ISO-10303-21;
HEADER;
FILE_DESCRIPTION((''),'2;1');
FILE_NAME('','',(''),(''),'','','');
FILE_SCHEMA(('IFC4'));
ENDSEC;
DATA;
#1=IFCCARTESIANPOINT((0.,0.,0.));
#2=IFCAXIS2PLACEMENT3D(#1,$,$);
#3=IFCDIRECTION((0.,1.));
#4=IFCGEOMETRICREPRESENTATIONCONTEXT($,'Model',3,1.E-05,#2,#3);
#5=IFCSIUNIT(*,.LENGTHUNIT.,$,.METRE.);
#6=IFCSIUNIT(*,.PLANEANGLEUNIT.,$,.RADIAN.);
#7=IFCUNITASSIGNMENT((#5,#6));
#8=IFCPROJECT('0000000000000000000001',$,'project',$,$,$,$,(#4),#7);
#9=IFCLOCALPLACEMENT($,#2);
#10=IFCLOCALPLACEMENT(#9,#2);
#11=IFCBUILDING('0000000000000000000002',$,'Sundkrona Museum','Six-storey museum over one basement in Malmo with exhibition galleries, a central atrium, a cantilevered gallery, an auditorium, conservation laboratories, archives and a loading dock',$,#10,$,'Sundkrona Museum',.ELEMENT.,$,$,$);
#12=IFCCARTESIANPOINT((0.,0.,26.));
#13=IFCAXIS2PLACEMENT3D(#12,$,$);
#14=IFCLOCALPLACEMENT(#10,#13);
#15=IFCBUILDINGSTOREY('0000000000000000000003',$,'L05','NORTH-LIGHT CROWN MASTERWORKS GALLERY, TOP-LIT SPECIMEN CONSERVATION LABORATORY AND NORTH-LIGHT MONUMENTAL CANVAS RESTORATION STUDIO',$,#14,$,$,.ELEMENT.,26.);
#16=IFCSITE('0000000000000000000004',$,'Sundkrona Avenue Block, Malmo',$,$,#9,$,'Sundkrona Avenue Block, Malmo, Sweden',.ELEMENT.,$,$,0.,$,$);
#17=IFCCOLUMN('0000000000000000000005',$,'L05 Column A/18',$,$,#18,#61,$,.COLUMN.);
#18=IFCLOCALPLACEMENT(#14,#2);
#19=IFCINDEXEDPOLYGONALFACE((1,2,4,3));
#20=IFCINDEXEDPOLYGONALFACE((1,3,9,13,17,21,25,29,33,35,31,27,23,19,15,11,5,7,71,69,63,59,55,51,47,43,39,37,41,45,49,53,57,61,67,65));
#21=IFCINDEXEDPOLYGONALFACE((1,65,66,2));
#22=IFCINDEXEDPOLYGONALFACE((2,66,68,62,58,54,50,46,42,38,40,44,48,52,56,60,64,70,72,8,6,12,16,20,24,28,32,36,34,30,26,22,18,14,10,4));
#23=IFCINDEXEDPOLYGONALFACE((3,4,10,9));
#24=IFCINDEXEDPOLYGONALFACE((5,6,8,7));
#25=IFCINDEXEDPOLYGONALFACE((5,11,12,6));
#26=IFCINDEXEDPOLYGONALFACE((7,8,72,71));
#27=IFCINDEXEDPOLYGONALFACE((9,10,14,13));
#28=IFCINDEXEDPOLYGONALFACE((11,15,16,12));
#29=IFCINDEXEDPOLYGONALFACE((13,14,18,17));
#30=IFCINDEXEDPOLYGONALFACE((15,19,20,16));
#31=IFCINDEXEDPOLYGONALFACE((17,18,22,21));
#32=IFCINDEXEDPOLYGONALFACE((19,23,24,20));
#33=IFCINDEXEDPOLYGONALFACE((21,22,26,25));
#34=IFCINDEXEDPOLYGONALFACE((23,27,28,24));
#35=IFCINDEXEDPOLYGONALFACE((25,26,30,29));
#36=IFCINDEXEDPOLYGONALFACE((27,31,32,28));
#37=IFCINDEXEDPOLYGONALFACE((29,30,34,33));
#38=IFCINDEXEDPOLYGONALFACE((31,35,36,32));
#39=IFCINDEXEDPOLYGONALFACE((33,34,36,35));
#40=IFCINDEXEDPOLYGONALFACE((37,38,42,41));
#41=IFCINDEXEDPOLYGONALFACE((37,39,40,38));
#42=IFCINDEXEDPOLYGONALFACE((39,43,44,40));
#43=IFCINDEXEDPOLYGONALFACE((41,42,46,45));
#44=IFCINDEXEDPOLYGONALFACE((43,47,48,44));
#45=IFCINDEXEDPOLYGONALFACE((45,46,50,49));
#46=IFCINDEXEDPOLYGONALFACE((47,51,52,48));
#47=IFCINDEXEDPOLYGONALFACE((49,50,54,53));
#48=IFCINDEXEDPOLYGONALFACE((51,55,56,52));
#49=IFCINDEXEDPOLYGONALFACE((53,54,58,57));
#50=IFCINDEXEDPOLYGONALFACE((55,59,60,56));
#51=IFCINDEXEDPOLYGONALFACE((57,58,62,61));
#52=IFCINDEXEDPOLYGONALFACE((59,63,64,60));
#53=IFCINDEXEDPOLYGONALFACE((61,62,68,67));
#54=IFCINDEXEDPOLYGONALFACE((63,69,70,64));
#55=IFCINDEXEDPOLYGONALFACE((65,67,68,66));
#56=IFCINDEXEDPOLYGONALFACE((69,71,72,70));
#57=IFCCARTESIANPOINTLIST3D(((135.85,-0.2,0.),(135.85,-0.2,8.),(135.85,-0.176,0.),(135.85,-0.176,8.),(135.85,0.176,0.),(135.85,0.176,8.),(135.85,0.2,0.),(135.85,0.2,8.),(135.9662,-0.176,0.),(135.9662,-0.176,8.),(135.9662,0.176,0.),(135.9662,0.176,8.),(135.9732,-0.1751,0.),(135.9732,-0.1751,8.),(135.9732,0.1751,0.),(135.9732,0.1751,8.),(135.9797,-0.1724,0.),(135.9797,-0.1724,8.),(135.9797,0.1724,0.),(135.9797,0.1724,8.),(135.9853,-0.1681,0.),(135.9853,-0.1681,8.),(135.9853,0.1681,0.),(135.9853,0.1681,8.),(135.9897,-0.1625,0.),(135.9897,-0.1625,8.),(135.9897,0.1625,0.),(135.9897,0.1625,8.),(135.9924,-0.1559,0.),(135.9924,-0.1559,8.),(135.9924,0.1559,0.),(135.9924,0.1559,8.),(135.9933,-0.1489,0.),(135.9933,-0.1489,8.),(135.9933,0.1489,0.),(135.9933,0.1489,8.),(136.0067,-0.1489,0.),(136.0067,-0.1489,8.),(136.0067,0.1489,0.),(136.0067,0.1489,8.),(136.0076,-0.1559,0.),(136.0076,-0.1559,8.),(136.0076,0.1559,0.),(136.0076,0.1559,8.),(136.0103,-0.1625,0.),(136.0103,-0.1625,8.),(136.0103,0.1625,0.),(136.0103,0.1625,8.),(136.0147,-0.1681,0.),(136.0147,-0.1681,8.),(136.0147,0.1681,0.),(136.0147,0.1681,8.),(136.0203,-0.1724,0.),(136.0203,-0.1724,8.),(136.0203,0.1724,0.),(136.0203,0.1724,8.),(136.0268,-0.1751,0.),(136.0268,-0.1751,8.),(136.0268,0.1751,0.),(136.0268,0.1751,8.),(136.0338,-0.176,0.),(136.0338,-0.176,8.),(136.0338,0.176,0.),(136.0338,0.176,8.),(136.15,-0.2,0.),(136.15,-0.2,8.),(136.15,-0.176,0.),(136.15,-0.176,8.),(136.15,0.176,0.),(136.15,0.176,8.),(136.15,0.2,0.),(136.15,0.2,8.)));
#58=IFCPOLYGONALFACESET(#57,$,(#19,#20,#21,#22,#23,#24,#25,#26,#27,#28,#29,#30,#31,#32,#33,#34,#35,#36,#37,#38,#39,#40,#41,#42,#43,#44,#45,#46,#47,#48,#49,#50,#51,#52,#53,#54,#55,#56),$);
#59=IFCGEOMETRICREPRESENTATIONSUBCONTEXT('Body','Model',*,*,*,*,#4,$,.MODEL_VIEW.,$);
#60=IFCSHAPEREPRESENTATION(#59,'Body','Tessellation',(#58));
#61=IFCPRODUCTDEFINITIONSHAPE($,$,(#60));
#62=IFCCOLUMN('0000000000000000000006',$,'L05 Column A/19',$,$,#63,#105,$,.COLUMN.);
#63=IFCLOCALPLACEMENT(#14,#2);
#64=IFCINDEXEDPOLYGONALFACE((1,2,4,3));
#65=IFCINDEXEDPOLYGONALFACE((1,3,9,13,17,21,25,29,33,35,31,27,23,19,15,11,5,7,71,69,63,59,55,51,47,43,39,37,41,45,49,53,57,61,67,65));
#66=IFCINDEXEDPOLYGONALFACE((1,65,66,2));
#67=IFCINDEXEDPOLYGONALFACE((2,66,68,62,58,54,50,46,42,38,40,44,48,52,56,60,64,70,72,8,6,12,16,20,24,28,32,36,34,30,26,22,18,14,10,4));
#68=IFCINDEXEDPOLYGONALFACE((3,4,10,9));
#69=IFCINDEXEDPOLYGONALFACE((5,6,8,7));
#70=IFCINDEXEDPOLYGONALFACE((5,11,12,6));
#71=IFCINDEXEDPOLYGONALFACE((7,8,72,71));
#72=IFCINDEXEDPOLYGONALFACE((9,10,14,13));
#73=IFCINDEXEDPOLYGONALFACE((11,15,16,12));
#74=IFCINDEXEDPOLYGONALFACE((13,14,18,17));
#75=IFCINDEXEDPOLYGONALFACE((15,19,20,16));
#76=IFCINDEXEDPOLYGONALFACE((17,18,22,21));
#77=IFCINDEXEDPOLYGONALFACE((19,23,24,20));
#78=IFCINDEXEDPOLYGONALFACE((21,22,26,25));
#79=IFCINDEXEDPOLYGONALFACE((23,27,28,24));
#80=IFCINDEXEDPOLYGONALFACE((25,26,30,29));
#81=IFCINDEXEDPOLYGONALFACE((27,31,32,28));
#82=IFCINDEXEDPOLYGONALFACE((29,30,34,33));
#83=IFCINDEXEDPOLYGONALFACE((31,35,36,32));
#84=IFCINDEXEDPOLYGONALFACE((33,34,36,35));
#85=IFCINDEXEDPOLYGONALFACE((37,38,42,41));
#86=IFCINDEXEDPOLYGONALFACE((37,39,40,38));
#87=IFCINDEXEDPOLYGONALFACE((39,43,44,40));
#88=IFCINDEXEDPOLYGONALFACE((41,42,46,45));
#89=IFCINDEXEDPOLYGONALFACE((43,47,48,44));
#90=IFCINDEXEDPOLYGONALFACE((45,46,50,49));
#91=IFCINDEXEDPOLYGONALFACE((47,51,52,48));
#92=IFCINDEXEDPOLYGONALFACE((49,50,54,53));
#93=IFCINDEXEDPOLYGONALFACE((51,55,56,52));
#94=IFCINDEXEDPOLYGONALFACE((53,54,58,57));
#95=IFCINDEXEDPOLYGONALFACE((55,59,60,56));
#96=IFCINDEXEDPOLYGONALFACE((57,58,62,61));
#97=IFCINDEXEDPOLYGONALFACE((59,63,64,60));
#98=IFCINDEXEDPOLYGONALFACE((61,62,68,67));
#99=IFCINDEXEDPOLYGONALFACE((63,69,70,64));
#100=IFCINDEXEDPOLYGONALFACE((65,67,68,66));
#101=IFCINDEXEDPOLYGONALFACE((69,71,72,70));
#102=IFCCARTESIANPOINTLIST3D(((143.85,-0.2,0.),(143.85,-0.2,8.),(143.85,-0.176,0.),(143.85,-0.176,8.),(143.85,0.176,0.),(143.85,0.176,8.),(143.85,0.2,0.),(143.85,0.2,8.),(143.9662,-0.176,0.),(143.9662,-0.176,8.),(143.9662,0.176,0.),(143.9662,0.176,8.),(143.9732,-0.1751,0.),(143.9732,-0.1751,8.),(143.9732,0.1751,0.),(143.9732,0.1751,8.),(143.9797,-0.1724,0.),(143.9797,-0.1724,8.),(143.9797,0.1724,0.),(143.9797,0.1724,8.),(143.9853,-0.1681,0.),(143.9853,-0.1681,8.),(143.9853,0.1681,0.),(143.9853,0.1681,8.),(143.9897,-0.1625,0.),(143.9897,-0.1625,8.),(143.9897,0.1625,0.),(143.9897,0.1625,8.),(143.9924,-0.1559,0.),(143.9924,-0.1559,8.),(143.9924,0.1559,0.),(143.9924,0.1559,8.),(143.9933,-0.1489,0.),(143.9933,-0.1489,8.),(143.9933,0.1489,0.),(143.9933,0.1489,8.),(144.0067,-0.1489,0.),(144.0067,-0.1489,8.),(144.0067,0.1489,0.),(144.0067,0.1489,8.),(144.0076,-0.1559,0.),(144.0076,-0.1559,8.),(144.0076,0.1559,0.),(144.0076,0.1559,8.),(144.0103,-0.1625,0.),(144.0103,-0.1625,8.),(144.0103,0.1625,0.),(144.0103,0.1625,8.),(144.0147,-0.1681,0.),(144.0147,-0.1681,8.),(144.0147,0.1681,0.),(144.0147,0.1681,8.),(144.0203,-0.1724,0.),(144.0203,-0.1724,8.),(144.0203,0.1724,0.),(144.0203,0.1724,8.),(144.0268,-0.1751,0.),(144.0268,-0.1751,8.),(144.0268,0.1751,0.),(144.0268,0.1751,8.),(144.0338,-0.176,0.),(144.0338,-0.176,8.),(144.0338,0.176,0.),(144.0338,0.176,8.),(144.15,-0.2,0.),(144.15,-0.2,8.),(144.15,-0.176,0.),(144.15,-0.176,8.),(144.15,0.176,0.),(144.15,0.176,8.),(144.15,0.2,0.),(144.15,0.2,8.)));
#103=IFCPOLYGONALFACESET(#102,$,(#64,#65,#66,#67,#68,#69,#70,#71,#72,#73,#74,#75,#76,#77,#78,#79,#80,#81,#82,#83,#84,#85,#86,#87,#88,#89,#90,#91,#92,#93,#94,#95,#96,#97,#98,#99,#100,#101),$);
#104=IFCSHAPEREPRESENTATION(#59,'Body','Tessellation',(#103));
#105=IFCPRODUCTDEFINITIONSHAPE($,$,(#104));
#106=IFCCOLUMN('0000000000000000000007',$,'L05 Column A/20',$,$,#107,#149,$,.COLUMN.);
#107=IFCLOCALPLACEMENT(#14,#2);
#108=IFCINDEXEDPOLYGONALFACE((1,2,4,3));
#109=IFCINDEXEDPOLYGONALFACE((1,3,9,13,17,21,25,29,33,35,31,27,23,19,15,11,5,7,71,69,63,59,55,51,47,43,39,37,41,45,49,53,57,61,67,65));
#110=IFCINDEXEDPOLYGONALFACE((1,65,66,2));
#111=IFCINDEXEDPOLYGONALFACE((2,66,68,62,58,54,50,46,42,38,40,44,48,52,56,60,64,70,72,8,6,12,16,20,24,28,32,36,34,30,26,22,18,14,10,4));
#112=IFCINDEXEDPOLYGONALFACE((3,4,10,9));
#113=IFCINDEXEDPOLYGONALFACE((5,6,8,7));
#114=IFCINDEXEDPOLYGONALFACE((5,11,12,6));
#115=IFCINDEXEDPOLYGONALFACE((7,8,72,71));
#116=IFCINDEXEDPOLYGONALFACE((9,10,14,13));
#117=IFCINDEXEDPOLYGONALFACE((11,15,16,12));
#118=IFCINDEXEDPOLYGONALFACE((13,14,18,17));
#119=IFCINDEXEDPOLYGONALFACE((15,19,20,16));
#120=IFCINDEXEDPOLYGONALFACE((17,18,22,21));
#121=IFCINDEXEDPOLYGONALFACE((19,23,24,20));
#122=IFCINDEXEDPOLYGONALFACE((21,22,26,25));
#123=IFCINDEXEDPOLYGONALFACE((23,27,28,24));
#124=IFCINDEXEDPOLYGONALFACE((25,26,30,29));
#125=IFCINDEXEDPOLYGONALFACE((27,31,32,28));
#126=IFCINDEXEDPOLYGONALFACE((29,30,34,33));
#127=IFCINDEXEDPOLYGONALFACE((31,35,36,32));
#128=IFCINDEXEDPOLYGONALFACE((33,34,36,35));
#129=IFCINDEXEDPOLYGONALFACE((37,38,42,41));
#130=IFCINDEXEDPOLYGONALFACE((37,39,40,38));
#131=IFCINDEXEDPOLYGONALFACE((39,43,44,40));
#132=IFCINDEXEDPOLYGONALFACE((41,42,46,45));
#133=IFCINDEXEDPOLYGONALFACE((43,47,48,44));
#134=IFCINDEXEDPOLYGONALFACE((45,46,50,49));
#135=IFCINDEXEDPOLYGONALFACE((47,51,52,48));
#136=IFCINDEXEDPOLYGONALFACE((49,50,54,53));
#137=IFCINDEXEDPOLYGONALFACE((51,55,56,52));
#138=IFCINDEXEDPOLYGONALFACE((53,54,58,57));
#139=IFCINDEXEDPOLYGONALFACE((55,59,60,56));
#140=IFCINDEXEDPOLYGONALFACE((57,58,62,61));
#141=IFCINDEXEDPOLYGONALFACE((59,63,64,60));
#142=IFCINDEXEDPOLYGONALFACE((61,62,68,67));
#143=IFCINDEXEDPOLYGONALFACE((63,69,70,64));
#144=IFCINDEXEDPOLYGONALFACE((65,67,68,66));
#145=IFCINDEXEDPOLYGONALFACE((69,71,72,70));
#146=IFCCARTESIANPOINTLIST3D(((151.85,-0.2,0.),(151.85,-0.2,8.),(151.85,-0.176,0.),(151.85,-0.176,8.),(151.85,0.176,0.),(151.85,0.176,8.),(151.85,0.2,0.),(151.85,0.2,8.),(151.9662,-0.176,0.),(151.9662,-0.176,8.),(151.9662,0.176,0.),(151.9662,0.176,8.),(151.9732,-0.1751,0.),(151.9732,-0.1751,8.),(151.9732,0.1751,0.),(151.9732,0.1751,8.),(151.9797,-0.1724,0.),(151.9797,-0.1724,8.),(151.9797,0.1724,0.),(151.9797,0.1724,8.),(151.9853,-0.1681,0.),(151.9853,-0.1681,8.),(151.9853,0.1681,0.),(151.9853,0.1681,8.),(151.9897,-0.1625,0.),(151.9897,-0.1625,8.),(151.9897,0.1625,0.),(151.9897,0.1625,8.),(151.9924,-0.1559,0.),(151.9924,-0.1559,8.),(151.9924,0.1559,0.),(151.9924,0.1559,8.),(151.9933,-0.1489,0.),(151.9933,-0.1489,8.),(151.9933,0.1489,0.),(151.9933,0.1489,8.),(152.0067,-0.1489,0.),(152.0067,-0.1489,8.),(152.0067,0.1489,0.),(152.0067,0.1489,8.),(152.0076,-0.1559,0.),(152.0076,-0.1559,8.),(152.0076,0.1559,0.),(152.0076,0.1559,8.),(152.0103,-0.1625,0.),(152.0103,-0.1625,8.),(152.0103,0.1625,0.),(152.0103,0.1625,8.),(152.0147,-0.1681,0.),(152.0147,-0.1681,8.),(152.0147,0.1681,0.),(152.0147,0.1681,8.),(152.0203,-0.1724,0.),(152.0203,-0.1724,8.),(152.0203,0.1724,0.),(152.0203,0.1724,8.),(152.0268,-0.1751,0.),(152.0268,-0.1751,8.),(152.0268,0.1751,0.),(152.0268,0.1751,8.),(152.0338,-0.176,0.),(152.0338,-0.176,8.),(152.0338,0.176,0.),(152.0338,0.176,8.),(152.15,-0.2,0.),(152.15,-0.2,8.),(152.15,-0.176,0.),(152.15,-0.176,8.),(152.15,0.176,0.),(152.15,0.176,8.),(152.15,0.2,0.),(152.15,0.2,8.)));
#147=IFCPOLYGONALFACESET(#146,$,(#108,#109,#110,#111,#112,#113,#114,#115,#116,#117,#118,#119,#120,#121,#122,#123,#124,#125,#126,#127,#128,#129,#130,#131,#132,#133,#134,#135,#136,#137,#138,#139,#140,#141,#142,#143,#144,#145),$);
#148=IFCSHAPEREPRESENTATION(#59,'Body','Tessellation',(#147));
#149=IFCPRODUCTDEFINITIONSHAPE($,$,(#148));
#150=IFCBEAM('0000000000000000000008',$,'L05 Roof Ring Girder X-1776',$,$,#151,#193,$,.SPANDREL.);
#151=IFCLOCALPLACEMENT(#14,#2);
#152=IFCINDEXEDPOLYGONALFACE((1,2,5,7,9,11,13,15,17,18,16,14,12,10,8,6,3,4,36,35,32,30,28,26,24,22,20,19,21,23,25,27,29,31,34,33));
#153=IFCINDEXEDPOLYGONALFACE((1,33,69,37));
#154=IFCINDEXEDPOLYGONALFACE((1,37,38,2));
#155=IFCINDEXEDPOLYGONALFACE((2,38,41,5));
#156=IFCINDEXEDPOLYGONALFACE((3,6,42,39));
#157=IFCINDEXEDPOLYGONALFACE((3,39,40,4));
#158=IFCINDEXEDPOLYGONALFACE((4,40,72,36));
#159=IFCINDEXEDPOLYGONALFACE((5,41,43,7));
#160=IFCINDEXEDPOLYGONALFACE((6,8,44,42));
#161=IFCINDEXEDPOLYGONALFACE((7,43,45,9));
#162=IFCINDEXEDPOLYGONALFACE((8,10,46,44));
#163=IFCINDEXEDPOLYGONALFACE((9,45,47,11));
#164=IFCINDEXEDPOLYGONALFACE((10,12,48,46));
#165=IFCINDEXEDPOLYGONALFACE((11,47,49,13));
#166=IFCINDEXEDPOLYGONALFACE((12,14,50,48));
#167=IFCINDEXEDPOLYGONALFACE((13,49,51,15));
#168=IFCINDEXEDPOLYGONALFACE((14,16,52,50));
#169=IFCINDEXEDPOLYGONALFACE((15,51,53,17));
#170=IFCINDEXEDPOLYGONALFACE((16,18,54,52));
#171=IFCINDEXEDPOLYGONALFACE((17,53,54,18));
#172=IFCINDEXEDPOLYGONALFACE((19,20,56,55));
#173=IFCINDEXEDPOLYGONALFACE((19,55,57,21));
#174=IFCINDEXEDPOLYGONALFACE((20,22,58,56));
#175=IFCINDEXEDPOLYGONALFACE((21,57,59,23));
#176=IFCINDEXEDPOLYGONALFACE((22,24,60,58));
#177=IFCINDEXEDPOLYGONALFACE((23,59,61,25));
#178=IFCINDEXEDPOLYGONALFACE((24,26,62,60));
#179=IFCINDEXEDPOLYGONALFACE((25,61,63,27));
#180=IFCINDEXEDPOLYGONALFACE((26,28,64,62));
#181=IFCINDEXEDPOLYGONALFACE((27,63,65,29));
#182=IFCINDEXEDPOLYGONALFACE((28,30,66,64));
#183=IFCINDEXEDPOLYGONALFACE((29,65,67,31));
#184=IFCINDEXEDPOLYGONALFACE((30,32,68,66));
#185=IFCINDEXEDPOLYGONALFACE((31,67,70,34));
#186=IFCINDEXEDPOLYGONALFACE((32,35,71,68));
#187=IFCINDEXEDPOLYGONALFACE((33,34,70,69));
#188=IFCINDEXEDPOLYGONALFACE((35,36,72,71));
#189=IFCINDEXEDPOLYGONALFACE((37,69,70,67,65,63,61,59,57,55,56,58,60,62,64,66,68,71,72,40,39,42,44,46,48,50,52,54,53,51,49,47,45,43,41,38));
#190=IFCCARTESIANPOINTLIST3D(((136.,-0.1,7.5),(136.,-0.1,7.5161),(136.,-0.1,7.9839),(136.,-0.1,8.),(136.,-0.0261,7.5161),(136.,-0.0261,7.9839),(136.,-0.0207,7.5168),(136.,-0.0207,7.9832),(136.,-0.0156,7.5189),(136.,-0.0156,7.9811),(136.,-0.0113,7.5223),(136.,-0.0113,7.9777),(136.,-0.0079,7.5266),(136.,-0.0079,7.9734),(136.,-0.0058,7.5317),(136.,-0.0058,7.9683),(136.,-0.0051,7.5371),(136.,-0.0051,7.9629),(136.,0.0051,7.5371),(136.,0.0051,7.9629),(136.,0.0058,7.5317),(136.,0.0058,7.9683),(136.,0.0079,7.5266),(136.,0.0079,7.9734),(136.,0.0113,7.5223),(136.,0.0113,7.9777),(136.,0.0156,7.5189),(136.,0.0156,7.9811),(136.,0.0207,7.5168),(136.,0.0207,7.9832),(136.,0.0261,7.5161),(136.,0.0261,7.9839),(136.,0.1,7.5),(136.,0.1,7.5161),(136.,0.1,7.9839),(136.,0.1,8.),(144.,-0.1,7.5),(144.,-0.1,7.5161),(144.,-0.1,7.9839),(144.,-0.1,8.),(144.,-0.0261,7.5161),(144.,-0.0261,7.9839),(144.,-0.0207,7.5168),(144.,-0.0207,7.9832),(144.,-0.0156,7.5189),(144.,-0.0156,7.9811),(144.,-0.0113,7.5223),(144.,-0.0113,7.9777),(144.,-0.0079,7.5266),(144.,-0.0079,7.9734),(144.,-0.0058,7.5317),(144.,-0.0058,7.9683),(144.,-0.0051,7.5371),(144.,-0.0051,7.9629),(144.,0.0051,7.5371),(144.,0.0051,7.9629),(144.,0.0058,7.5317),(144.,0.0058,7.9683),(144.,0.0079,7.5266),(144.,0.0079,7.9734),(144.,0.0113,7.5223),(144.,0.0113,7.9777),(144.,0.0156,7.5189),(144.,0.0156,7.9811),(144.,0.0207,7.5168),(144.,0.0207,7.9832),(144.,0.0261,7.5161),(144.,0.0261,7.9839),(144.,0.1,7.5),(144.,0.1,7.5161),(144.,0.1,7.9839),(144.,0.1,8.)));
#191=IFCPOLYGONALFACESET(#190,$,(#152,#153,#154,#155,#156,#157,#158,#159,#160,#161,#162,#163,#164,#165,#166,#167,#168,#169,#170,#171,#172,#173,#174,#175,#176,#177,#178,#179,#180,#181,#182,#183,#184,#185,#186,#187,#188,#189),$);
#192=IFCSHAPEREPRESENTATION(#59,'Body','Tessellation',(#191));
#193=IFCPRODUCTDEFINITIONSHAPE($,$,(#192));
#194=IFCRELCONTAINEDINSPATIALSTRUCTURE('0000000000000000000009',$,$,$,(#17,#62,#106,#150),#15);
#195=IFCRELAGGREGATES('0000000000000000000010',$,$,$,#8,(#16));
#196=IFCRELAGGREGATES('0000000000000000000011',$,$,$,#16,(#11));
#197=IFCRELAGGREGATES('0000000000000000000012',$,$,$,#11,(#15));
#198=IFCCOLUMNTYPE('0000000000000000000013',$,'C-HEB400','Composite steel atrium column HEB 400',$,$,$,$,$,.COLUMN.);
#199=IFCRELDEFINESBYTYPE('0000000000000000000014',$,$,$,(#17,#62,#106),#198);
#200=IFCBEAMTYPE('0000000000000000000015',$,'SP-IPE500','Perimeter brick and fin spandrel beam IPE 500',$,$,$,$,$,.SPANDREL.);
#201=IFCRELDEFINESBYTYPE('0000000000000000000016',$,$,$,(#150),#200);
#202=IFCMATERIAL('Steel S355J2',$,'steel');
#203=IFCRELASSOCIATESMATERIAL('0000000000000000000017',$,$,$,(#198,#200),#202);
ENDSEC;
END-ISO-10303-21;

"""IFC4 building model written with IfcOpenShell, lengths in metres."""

from ifc_helpers import new_model, si_unit, direction, frame, origin, origin_2d, place, context, subcontext, project, spatial, i_section, extrude, material, material_profile, profile_set, type_object, element, save


model = new_model("IFC4")

# Units and contexts
model_context = context("Model", 3, precision=1e-05, world=origin(), true_north=direction((0.0, 1.0)))
body_context = subcontext(model_context, "Body", "Model", "MODEL_VIEW")
ifc_project = project(units=[si_unit("LENGTHUNIT", "METRE"), si_unit("PLANEANGLEUNIT", "RADIAN")], contexts=[model_context])

# Site, building, storey
site_placement = place(None, origin())
site = spatial("IfcSite", under=ifc_project, at=site_placement, Name="Sundkrona Avenue Block, Malmo", LongName="Sundkrona Avenue Block, Malmo, Sweden", CompositionType="ELEMENT", RefElevation=0.0)
building_placement = place(site_placement, origin())
building = spatial("IfcBuilding", under=site, at=building_placement, Name="Sundkrona Museum", Description="Six-storey museum over one basement in Malmo with exhibition galleries, a central atrium, a cantilevered gallery, an auditorium, conservation laboratories, archives and a loading dock", LongName="Sundkrona Museum", CompositionType="ELEMENT")
storey_placement = place(building_placement, frame((0.0, 0.0, 26.0)))
storey = spatial("IfcBuildingStorey", under=building, at=storey_placement, Name="L05", Description="NORTH-LIGHT CROWN MASTERWORKS GALLERY, TOP-LIT SPECIMEN CONSERVATION LABORATORY AND NORTH-LIGHT MONUMENTAL CANVAS RESTORATION STUDIO", CompositionType="ELEMENT", Elevation=26.0)

# Columns
ifc_material_1 = material(Name="Steel S355J2", Category="steel")
ifc_material_profile_1 = material_profile(ifc_material_1, i_section(OverallWidth=0.3, OverallDepth=0.3999, WebThickness=0.0134, FlangeThickness=0.0239, FilletRadius=0.0271, at=origin_2d()), Name="HEB 400")
ifc_profile_set_1 = profile_set([ifc_material_profile_1], Name="Steel S355J2")
column_type = type_object("IfcColumnType", Name="C-HEB400", Description="Composite steel atrium column HEB 400", PredefinedType="COLUMN", material=ifc_profile_set_1)
for number, where, z_axis, x_axis, name in (
    (1, (136.0, 0.0, 0.0), (0.0, 0.0, 1.0), (1.0, 0.0, 0.0), "L05 Column A/18"),
    (2, (144.0, 0.0, 0.0), (0.0, 0.0, 1.0), (1.0, 0.0, 0.0), "L05 Column A/19"),
    (3, (152.0, 0.0, 0.0), (0.0, 0.0, 1.0), (1.0, 0.0, 0.0), "L05 Column A/20"),
):
    element("IfcColumn", number, at=place(storey_placement, frame(where, z_axis=z_axis, x_axis=x_axis)), inside=storey, type_object=column_type, Name=name, PredefinedType="COLUMN", context=body_context, shape_type="SweptSolid", body=[
        extrude(i_section(OverallWidth=0.3, OverallDepth=0.3999, WebThickness=0.0134, FlangeThickness=0.0239, FilletRadius=0.0271, at=origin_2d()), origin(), (0.0, 0.0, 1.0), 8.0),
    ])

# Beam
ifc_material_profile_2 = material_profile(ifc_material_1, i_section(OverallWidth=0.2, OverallDepth=0.5, WebThickness=0.0103, FlangeThickness=0.0161, FilletRadius=0.021, at=origin_2d()), Name="IPE 500")
ifc_profile_set_2 = profile_set([ifc_material_profile_2], Name="Steel S355J2")
beam_type = type_object("IfcBeamType", Name="SP-IPE500", Description="Perimeter brick and fin spandrel beam IPE 500", PredefinedType="SPANDREL", material=ifc_profile_set_2)
for number, where, z_axis, x_axis, name in (
    (4, (136.0, 0.0, 7.75), (1.0, 0.0, 0.0), (0.0, 1.0, 0.0), "L05 Roof Ring Girder X-1776"),
):
    element("IfcBeam", number, at=place(storey_placement, frame(where, z_axis=z_axis, x_axis=x_axis)), inside=storey, type_object=beam_type, Name=name, PredefinedType="SPANDREL", context=body_context, shape_type="SweptSolid", body=[
        extrude(i_section(OverallWidth=0.2, OverallDepth=0.5, WebThickness=0.0103, FlangeThickness=0.0161, FilletRadius=0.021, at=origin_2d()), origin(), (0.0, 0.0, 1.0), 8.0),
    ])

save(model, "model.ifc")
